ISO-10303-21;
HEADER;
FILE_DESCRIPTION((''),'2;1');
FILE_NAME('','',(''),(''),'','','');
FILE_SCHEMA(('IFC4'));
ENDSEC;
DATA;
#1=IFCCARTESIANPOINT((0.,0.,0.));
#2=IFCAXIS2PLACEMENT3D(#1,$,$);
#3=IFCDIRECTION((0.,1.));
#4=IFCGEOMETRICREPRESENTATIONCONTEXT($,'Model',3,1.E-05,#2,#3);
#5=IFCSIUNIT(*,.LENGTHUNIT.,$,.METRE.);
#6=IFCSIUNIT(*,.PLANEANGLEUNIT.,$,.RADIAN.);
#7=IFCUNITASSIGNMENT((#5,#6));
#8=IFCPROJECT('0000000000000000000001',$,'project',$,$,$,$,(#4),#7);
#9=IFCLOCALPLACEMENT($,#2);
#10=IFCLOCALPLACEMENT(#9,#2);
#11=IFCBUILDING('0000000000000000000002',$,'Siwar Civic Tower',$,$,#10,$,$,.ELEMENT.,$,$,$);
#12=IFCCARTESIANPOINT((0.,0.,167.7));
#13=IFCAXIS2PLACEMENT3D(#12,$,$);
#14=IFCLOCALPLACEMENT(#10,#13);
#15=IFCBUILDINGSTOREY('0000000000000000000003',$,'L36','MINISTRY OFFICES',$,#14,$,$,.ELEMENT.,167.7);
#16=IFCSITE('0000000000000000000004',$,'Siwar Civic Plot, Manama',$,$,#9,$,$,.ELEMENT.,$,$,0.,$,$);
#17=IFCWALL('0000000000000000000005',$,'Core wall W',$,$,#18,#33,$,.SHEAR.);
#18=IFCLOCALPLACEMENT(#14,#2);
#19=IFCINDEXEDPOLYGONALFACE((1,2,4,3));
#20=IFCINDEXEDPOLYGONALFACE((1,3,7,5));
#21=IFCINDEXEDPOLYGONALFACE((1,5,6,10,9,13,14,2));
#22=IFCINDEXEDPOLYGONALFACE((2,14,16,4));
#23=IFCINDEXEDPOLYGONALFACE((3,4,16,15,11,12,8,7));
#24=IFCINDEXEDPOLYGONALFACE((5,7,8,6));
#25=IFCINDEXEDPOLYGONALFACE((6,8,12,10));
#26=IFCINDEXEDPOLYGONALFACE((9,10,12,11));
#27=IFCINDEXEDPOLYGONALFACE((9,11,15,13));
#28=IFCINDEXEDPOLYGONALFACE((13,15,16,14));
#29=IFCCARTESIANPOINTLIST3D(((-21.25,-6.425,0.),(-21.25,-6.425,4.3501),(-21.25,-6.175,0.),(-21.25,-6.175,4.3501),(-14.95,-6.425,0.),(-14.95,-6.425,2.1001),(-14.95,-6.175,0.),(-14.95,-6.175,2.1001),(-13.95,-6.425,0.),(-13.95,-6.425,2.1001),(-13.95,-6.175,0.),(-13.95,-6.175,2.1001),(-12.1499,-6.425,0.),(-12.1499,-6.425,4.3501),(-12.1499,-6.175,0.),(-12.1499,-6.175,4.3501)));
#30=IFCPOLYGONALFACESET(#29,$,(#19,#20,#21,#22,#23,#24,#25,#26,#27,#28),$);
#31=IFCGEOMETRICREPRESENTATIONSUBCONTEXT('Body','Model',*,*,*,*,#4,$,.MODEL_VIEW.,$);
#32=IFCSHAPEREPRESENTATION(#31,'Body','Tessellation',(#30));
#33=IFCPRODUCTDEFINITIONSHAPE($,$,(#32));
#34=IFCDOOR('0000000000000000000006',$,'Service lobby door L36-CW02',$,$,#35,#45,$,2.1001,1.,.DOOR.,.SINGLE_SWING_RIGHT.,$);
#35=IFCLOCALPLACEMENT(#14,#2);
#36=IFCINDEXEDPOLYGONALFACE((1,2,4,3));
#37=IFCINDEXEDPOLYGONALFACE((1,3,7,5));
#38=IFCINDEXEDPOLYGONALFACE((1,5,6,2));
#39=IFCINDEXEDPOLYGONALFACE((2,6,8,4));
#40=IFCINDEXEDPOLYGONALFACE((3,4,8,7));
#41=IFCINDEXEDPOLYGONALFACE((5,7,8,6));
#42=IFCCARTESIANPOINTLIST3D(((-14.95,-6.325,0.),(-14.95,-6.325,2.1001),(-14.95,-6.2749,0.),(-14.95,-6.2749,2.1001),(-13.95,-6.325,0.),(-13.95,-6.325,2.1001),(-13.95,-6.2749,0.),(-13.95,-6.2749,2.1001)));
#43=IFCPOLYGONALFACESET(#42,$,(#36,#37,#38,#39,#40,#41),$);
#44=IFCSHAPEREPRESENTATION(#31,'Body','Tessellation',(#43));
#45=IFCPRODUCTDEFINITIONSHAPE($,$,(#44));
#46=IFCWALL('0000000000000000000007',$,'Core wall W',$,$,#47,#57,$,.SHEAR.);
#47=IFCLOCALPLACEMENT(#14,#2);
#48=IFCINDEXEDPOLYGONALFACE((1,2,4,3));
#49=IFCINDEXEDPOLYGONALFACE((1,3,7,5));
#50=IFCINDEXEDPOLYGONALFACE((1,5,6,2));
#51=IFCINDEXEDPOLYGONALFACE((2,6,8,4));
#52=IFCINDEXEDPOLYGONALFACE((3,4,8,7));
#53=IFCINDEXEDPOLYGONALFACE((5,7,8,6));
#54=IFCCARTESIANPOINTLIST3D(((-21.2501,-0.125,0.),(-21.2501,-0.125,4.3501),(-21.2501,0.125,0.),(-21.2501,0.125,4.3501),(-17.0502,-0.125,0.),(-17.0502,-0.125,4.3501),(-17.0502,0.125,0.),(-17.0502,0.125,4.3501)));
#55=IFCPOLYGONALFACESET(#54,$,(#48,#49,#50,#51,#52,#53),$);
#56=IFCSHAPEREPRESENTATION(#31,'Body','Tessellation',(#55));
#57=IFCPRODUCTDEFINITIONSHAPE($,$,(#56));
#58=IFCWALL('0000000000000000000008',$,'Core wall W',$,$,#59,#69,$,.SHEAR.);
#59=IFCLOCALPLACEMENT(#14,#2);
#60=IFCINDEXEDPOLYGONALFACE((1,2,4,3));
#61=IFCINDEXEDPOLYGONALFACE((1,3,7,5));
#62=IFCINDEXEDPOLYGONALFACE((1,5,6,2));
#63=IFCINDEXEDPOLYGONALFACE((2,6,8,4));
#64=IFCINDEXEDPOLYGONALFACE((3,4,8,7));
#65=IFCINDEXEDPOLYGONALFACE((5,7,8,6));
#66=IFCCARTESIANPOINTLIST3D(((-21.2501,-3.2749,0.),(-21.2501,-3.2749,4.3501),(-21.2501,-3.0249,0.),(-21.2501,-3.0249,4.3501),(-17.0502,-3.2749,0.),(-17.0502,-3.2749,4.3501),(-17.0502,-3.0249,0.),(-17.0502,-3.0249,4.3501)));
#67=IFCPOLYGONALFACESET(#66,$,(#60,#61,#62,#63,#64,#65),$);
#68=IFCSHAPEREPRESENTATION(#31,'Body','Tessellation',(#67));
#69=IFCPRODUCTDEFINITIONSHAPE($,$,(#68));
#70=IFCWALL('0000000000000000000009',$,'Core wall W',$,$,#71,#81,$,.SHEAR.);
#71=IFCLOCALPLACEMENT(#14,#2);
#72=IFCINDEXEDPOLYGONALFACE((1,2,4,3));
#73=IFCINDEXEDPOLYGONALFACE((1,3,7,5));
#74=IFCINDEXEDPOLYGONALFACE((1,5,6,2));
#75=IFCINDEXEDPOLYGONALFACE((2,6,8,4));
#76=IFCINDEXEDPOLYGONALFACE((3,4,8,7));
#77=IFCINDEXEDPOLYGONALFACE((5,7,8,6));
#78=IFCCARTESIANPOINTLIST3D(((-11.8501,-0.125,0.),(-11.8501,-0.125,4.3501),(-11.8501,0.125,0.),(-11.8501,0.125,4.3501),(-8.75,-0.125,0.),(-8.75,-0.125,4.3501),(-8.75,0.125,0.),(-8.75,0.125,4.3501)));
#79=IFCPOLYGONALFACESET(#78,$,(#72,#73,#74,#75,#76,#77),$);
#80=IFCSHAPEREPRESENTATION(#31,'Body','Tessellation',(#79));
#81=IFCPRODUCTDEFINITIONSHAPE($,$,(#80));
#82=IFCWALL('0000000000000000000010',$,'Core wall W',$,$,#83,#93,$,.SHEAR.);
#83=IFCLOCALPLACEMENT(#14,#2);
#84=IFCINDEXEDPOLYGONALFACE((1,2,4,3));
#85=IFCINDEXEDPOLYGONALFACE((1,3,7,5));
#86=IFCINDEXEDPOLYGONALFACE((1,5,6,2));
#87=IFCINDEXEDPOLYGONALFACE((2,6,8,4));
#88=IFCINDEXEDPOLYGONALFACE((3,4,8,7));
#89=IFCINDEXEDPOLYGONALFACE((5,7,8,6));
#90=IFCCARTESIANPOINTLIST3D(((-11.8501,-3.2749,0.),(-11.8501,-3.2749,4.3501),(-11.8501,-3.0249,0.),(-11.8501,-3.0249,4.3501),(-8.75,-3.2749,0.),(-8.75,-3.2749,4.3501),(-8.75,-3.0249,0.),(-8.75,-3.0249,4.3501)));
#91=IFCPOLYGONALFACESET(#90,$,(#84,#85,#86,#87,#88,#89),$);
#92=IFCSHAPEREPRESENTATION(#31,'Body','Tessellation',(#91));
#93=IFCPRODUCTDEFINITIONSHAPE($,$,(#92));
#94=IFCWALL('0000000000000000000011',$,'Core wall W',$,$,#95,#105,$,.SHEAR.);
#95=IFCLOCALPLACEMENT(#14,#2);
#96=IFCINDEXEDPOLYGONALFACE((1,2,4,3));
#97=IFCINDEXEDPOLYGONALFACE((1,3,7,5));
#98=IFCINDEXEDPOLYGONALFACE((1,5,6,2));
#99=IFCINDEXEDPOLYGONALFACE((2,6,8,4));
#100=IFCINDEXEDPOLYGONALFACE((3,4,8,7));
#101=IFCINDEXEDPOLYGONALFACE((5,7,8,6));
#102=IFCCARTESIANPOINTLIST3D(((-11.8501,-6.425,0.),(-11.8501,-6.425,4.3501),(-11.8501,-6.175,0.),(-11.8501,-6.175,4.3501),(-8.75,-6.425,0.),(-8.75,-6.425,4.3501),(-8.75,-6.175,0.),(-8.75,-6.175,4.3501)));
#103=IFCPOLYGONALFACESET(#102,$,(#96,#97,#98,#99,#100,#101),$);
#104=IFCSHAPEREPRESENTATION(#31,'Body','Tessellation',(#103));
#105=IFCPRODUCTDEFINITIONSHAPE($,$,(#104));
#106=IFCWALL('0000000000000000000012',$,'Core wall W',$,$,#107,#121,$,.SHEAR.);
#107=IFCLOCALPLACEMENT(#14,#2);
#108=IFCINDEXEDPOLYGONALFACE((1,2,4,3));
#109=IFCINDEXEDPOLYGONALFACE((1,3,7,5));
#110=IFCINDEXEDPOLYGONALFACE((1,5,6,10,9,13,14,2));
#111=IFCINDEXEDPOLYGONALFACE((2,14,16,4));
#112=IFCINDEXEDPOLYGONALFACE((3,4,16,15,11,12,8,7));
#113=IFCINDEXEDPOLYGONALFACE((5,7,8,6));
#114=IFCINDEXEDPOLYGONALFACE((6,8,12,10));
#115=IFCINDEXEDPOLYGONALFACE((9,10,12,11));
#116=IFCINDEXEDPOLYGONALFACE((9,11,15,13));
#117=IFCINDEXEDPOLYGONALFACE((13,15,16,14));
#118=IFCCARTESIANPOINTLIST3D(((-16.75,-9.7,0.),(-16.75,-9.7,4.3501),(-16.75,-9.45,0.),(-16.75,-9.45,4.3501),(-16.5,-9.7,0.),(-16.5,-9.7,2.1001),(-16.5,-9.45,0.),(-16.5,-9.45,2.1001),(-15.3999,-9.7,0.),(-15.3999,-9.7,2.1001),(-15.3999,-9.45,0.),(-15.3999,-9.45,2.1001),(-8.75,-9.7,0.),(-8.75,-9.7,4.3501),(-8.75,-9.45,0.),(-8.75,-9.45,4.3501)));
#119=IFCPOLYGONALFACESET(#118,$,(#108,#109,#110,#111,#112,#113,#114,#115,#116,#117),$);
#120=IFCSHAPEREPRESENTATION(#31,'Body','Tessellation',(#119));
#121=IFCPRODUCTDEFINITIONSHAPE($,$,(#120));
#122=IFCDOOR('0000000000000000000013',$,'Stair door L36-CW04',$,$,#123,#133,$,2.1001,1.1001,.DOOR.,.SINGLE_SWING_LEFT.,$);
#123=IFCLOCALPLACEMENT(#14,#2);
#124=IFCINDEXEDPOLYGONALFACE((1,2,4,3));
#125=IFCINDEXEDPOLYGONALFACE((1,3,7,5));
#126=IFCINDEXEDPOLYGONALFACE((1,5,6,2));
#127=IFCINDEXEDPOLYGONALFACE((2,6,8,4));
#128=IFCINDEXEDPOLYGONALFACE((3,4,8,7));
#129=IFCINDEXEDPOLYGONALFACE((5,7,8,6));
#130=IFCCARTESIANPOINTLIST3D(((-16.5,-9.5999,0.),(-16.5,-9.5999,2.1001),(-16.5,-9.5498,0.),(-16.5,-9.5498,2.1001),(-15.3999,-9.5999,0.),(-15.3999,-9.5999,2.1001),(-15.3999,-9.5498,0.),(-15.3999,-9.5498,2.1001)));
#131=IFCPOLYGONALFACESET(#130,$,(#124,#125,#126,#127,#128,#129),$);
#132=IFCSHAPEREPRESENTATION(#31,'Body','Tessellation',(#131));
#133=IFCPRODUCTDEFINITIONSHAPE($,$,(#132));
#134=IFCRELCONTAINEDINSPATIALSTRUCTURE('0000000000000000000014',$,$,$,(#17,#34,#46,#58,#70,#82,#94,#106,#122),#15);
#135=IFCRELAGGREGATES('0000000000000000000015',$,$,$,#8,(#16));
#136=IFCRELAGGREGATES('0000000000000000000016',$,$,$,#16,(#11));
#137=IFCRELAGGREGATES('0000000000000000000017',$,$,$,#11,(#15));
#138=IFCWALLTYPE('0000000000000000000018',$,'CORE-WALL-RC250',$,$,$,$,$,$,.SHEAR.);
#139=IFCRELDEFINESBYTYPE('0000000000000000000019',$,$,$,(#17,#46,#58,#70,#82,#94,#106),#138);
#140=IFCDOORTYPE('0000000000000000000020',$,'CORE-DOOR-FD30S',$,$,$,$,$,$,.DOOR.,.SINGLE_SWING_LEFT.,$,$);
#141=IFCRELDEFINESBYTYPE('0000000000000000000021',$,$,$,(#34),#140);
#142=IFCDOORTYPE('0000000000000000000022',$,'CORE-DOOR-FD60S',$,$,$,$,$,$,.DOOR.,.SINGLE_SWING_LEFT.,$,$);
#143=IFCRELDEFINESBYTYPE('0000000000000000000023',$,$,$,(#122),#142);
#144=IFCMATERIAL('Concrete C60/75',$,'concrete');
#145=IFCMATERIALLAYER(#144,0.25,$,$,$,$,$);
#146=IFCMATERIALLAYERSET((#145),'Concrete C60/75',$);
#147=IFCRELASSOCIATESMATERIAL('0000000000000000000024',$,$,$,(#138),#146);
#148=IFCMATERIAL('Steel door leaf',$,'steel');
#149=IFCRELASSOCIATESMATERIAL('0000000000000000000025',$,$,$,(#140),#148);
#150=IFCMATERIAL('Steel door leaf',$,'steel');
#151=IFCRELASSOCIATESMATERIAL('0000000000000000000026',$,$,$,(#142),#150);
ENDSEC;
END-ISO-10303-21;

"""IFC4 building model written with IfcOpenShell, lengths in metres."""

from ifc_helpers import new_model, si_unit, direction, frame, frame_2d, origin, place, context, subcontext, project, spatial, rectangle, extrude, material, layer, layer_set, type_object, element, fill, save


model = new_model("IFC4")

# Units and contexts
model_context = context("Model", 3, precision=1e-05, world=origin(), true_north=direction((0.0, 1.0)))
body_context = subcontext(model_context, "Body", "Model", "MODEL_VIEW")
ifc_project = project(units=[si_unit("LENGTHUNIT", "METRE"), si_unit("PLANEANGLEUNIT", "RADIAN")], contexts=[model_context])

# Site, building, storey
site_placement = place(None, origin())
site = spatial("IfcSite", under=ifc_project, at=site_placement, Name="Siwar Civic Plot, Manama", CompositionType="ELEMENT", RefElevation=0.0)
building_placement = place(site_placement, origin())
building = spatial("IfcBuilding", under=site, at=building_placement, Name="Siwar Civic Tower", CompositionType="ELEMENT")
storey_placement = place(building_placement, frame((0.0, 0.0, 167.7)))
storey = spatial("IfcBuildingStorey", under=building, at=storey_placement, Name="L36", Description="MINISTRY OFFICES", CompositionType="ELEMENT", Elevation=167.7)

# Wall, opening, door
ifc_material_1 = material(Name="Concrete C60/75", Category="concrete")
ifc_layer_1 = layer(ifc_material_1, 0.25)
ifc_layer_set_1 = layer_set([ifc_layer_1], Name="Concrete C60/75")
wall_type_1 = type_object("IfcWallType", Name="CORE-WALL-RC250", PredefinedType="SHEAR", material=ifc_layer_set_1)
wall_1_placement = place(storey_placement, frame((-12.1499, -6.3, 0.0), z_axis=(0.0, 0.0, 1.0), x_axis=(-1.0, 0.0, 0.0)))
wall_1 = element("IfcWall", 1, at=wall_1_placement, inside=storey, type_object=wall_type_1, Name="Core wall W", PredefinedType="SHEAR", context=body_context, shape_type="SweptSolid", body=[
    extrude(rectangle(XDim=9.1001, YDim=0.25, at=frame_2d((4.55, 0.0))), origin(), (0.0, 0.0, 1.0), 4.3501),
])
opening_1_placement = place(wall_1_placement, frame((1.8, 0.0, 0.0)))
opening_1 = element("IfcOpeningElement", 2, at=opening_1_placement, cuts=wall_1, PredefinedType="OPENING", context=body_context, shape_type="SweptSolid", body=[
    extrude(rectangle(XDim=1.0, YDim=2.1001, at=frame_2d((0.5, 1.05))), frame((0.0, 0.135, 0.0), z_axis=(0.0, -1.0, 0.0), x_axis=(1.0, 0.0, 0.0)), (0.0, 0.0, 1.0), 0.27),
])
ifc_material_2 = material(Name="Steel door leaf", Category="steel")
door_type_1 = type_object("IfcDoorType", Name="CORE-DOOR-FD30S", OperationType="SINGLE_SWING_LEFT", PredefinedType="DOOR", material=ifc_material_2)
door_1_placement = place(opening_1_placement, origin())
door_1 = element("IfcDoor", 3, at=door_1_placement, inside=storey, type_object=door_type_1, Name="Service lobby door L36-CW02", OperationType="SINGLE_SWING_RIGHT", OverallHeight=2.1001, OverallWidth=1.0, PredefinedType="DOOR", context=body_context, shape_type="SweptSolid", body=[
    extrude(rectangle(XDim=1.0, YDim=2.1001, at=frame_2d((0.5, 1.05))), frame((0.0, 0.0249, 0.0), z_axis=(0.0, -1.0, 0.0), x_axis=(1.0, 0.0, 0.0)), (0.0, 0.0, 1.0), 0.05),
])
fill(opening_1, door_1)

# Walls
for number, where, z_axis, x_axis, name in (
    (4, (-17.05, 0.0, 0.0), (0.0, 0.0, 1.0), (-1.0, 0.0, 0.0), "Core wall W"),
    (5, (-17.05, -3.1499, 0.0), (0.0, 0.0, 1.0), (-1.0, 0.0, 0.0), "Core wall W"),
):
    element("IfcWall", number, at=place(storey_placement, frame(where, z_axis=z_axis, x_axis=x_axis)), inside=storey, type_object=wall_type_1, Name=name, PredefinedType="SHEAR", context=body_context, shape_type="SweptSolid", body=[
        extrude(rectangle(XDim=4.2, YDim=0.25, at=frame_2d((2.1001, 0.0))), origin(), (0.0, 0.0, 1.0), 4.3501),
    ])
for number, where, z_axis, x_axis, name in (
    (6, (-8.75, 0.0, 0.0), (0.0, 0.0, 1.0), (-1.0, 0.0, 0.0), "Core wall W"),
    (7, (-8.75, -3.1499, 0.0), (0.0, 0.0, 1.0), (-1.0, 0.0, 0.0), "Core wall W"),
    (8, (-8.75, -6.3, 0.0), (0.0, 0.0, 1.0), (-1.0, 0.0, 0.0), "Core wall W"),
):
    element("IfcWall", number, at=place(storey_placement, frame(where, z_axis=z_axis, x_axis=x_axis)), inside=storey, type_object=wall_type_1, Name=name, PredefinedType="SHEAR", context=body_context, shape_type="SweptSolid", body=[
        extrude(rectangle(XDim=3.1001, YDim=0.25, at=frame_2d((1.55, 0.0))), origin(), (0.0, 0.0, 1.0), 4.3501),
    ])

# Wall, opening, door
wall_2_placement = place(storey_placement, frame((-8.75, -9.575, 0.0), z_axis=(0.0, 0.0, 1.0), x_axis=(-1.0, 0.0, 0.0)))
wall_2 = element("IfcWall", 9, at=wall_2_placement, inside=storey, type_object=wall_type_1, Name="Core wall W", PredefinedType="SHEAR", context=body_context, shape_type="SweptSolid", body=[
    extrude(rectangle(XDim=8.0, YDim=0.25, at=frame_2d((4.0, 0.0))), origin(), (0.0, 0.0, 1.0), 4.3501),
])
opening_2_placement = place(wall_2_placement, frame((6.6499, 0.0, 0.0)))
opening_2 = element("IfcOpeningElement", 10, at=opening_2_placement, cuts=wall_2, PredefinedType="OPENING", context=body_context, shape_type="SweptSolid", body=[
    extrude(rectangle(XDim=1.1001, YDim=2.1001, at=frame_2d((0.55, 1.05))), frame((0.0, 0.135, 0.0), z_axis=(0.0, -1.0, 0.0), x_axis=(1.0, 0.0, 0.0)), (0.0, 0.0, 1.0), 0.27),
])
ifc_material_3 = material(Name="Steel door leaf", Category="steel")
door_type_2 = type_object("IfcDoorType", Name="CORE-DOOR-FD60S", OperationType="SINGLE_SWING_LEFT", PredefinedType="DOOR", material=ifc_material_3)
door_2_placement = place(opening_2_placement, origin())
door_2 = element("IfcDoor", 11, at=door_2_placement, inside=storey, type_object=door_type_2, Name="Stair door L36-CW04", OperationType="SINGLE_SWING_LEFT", OverallHeight=2.1001, OverallWidth=1.1001, PredefinedType="DOOR", context=body_context, shape_type="SweptSolid", body=[
    extrude(rectangle(XDim=1.1001, YDim=2.1001, at=frame_2d((0.55, 1.05))), frame((0.0, 0.0249, 0.0), z_axis=(0.0, -1.0, 0.0), x_axis=(1.0, 0.0, 0.0)), (0.0, 0.0, 1.0), 0.05),
])
fill(opening_2, door_2)

save(model, "model.ifc")
